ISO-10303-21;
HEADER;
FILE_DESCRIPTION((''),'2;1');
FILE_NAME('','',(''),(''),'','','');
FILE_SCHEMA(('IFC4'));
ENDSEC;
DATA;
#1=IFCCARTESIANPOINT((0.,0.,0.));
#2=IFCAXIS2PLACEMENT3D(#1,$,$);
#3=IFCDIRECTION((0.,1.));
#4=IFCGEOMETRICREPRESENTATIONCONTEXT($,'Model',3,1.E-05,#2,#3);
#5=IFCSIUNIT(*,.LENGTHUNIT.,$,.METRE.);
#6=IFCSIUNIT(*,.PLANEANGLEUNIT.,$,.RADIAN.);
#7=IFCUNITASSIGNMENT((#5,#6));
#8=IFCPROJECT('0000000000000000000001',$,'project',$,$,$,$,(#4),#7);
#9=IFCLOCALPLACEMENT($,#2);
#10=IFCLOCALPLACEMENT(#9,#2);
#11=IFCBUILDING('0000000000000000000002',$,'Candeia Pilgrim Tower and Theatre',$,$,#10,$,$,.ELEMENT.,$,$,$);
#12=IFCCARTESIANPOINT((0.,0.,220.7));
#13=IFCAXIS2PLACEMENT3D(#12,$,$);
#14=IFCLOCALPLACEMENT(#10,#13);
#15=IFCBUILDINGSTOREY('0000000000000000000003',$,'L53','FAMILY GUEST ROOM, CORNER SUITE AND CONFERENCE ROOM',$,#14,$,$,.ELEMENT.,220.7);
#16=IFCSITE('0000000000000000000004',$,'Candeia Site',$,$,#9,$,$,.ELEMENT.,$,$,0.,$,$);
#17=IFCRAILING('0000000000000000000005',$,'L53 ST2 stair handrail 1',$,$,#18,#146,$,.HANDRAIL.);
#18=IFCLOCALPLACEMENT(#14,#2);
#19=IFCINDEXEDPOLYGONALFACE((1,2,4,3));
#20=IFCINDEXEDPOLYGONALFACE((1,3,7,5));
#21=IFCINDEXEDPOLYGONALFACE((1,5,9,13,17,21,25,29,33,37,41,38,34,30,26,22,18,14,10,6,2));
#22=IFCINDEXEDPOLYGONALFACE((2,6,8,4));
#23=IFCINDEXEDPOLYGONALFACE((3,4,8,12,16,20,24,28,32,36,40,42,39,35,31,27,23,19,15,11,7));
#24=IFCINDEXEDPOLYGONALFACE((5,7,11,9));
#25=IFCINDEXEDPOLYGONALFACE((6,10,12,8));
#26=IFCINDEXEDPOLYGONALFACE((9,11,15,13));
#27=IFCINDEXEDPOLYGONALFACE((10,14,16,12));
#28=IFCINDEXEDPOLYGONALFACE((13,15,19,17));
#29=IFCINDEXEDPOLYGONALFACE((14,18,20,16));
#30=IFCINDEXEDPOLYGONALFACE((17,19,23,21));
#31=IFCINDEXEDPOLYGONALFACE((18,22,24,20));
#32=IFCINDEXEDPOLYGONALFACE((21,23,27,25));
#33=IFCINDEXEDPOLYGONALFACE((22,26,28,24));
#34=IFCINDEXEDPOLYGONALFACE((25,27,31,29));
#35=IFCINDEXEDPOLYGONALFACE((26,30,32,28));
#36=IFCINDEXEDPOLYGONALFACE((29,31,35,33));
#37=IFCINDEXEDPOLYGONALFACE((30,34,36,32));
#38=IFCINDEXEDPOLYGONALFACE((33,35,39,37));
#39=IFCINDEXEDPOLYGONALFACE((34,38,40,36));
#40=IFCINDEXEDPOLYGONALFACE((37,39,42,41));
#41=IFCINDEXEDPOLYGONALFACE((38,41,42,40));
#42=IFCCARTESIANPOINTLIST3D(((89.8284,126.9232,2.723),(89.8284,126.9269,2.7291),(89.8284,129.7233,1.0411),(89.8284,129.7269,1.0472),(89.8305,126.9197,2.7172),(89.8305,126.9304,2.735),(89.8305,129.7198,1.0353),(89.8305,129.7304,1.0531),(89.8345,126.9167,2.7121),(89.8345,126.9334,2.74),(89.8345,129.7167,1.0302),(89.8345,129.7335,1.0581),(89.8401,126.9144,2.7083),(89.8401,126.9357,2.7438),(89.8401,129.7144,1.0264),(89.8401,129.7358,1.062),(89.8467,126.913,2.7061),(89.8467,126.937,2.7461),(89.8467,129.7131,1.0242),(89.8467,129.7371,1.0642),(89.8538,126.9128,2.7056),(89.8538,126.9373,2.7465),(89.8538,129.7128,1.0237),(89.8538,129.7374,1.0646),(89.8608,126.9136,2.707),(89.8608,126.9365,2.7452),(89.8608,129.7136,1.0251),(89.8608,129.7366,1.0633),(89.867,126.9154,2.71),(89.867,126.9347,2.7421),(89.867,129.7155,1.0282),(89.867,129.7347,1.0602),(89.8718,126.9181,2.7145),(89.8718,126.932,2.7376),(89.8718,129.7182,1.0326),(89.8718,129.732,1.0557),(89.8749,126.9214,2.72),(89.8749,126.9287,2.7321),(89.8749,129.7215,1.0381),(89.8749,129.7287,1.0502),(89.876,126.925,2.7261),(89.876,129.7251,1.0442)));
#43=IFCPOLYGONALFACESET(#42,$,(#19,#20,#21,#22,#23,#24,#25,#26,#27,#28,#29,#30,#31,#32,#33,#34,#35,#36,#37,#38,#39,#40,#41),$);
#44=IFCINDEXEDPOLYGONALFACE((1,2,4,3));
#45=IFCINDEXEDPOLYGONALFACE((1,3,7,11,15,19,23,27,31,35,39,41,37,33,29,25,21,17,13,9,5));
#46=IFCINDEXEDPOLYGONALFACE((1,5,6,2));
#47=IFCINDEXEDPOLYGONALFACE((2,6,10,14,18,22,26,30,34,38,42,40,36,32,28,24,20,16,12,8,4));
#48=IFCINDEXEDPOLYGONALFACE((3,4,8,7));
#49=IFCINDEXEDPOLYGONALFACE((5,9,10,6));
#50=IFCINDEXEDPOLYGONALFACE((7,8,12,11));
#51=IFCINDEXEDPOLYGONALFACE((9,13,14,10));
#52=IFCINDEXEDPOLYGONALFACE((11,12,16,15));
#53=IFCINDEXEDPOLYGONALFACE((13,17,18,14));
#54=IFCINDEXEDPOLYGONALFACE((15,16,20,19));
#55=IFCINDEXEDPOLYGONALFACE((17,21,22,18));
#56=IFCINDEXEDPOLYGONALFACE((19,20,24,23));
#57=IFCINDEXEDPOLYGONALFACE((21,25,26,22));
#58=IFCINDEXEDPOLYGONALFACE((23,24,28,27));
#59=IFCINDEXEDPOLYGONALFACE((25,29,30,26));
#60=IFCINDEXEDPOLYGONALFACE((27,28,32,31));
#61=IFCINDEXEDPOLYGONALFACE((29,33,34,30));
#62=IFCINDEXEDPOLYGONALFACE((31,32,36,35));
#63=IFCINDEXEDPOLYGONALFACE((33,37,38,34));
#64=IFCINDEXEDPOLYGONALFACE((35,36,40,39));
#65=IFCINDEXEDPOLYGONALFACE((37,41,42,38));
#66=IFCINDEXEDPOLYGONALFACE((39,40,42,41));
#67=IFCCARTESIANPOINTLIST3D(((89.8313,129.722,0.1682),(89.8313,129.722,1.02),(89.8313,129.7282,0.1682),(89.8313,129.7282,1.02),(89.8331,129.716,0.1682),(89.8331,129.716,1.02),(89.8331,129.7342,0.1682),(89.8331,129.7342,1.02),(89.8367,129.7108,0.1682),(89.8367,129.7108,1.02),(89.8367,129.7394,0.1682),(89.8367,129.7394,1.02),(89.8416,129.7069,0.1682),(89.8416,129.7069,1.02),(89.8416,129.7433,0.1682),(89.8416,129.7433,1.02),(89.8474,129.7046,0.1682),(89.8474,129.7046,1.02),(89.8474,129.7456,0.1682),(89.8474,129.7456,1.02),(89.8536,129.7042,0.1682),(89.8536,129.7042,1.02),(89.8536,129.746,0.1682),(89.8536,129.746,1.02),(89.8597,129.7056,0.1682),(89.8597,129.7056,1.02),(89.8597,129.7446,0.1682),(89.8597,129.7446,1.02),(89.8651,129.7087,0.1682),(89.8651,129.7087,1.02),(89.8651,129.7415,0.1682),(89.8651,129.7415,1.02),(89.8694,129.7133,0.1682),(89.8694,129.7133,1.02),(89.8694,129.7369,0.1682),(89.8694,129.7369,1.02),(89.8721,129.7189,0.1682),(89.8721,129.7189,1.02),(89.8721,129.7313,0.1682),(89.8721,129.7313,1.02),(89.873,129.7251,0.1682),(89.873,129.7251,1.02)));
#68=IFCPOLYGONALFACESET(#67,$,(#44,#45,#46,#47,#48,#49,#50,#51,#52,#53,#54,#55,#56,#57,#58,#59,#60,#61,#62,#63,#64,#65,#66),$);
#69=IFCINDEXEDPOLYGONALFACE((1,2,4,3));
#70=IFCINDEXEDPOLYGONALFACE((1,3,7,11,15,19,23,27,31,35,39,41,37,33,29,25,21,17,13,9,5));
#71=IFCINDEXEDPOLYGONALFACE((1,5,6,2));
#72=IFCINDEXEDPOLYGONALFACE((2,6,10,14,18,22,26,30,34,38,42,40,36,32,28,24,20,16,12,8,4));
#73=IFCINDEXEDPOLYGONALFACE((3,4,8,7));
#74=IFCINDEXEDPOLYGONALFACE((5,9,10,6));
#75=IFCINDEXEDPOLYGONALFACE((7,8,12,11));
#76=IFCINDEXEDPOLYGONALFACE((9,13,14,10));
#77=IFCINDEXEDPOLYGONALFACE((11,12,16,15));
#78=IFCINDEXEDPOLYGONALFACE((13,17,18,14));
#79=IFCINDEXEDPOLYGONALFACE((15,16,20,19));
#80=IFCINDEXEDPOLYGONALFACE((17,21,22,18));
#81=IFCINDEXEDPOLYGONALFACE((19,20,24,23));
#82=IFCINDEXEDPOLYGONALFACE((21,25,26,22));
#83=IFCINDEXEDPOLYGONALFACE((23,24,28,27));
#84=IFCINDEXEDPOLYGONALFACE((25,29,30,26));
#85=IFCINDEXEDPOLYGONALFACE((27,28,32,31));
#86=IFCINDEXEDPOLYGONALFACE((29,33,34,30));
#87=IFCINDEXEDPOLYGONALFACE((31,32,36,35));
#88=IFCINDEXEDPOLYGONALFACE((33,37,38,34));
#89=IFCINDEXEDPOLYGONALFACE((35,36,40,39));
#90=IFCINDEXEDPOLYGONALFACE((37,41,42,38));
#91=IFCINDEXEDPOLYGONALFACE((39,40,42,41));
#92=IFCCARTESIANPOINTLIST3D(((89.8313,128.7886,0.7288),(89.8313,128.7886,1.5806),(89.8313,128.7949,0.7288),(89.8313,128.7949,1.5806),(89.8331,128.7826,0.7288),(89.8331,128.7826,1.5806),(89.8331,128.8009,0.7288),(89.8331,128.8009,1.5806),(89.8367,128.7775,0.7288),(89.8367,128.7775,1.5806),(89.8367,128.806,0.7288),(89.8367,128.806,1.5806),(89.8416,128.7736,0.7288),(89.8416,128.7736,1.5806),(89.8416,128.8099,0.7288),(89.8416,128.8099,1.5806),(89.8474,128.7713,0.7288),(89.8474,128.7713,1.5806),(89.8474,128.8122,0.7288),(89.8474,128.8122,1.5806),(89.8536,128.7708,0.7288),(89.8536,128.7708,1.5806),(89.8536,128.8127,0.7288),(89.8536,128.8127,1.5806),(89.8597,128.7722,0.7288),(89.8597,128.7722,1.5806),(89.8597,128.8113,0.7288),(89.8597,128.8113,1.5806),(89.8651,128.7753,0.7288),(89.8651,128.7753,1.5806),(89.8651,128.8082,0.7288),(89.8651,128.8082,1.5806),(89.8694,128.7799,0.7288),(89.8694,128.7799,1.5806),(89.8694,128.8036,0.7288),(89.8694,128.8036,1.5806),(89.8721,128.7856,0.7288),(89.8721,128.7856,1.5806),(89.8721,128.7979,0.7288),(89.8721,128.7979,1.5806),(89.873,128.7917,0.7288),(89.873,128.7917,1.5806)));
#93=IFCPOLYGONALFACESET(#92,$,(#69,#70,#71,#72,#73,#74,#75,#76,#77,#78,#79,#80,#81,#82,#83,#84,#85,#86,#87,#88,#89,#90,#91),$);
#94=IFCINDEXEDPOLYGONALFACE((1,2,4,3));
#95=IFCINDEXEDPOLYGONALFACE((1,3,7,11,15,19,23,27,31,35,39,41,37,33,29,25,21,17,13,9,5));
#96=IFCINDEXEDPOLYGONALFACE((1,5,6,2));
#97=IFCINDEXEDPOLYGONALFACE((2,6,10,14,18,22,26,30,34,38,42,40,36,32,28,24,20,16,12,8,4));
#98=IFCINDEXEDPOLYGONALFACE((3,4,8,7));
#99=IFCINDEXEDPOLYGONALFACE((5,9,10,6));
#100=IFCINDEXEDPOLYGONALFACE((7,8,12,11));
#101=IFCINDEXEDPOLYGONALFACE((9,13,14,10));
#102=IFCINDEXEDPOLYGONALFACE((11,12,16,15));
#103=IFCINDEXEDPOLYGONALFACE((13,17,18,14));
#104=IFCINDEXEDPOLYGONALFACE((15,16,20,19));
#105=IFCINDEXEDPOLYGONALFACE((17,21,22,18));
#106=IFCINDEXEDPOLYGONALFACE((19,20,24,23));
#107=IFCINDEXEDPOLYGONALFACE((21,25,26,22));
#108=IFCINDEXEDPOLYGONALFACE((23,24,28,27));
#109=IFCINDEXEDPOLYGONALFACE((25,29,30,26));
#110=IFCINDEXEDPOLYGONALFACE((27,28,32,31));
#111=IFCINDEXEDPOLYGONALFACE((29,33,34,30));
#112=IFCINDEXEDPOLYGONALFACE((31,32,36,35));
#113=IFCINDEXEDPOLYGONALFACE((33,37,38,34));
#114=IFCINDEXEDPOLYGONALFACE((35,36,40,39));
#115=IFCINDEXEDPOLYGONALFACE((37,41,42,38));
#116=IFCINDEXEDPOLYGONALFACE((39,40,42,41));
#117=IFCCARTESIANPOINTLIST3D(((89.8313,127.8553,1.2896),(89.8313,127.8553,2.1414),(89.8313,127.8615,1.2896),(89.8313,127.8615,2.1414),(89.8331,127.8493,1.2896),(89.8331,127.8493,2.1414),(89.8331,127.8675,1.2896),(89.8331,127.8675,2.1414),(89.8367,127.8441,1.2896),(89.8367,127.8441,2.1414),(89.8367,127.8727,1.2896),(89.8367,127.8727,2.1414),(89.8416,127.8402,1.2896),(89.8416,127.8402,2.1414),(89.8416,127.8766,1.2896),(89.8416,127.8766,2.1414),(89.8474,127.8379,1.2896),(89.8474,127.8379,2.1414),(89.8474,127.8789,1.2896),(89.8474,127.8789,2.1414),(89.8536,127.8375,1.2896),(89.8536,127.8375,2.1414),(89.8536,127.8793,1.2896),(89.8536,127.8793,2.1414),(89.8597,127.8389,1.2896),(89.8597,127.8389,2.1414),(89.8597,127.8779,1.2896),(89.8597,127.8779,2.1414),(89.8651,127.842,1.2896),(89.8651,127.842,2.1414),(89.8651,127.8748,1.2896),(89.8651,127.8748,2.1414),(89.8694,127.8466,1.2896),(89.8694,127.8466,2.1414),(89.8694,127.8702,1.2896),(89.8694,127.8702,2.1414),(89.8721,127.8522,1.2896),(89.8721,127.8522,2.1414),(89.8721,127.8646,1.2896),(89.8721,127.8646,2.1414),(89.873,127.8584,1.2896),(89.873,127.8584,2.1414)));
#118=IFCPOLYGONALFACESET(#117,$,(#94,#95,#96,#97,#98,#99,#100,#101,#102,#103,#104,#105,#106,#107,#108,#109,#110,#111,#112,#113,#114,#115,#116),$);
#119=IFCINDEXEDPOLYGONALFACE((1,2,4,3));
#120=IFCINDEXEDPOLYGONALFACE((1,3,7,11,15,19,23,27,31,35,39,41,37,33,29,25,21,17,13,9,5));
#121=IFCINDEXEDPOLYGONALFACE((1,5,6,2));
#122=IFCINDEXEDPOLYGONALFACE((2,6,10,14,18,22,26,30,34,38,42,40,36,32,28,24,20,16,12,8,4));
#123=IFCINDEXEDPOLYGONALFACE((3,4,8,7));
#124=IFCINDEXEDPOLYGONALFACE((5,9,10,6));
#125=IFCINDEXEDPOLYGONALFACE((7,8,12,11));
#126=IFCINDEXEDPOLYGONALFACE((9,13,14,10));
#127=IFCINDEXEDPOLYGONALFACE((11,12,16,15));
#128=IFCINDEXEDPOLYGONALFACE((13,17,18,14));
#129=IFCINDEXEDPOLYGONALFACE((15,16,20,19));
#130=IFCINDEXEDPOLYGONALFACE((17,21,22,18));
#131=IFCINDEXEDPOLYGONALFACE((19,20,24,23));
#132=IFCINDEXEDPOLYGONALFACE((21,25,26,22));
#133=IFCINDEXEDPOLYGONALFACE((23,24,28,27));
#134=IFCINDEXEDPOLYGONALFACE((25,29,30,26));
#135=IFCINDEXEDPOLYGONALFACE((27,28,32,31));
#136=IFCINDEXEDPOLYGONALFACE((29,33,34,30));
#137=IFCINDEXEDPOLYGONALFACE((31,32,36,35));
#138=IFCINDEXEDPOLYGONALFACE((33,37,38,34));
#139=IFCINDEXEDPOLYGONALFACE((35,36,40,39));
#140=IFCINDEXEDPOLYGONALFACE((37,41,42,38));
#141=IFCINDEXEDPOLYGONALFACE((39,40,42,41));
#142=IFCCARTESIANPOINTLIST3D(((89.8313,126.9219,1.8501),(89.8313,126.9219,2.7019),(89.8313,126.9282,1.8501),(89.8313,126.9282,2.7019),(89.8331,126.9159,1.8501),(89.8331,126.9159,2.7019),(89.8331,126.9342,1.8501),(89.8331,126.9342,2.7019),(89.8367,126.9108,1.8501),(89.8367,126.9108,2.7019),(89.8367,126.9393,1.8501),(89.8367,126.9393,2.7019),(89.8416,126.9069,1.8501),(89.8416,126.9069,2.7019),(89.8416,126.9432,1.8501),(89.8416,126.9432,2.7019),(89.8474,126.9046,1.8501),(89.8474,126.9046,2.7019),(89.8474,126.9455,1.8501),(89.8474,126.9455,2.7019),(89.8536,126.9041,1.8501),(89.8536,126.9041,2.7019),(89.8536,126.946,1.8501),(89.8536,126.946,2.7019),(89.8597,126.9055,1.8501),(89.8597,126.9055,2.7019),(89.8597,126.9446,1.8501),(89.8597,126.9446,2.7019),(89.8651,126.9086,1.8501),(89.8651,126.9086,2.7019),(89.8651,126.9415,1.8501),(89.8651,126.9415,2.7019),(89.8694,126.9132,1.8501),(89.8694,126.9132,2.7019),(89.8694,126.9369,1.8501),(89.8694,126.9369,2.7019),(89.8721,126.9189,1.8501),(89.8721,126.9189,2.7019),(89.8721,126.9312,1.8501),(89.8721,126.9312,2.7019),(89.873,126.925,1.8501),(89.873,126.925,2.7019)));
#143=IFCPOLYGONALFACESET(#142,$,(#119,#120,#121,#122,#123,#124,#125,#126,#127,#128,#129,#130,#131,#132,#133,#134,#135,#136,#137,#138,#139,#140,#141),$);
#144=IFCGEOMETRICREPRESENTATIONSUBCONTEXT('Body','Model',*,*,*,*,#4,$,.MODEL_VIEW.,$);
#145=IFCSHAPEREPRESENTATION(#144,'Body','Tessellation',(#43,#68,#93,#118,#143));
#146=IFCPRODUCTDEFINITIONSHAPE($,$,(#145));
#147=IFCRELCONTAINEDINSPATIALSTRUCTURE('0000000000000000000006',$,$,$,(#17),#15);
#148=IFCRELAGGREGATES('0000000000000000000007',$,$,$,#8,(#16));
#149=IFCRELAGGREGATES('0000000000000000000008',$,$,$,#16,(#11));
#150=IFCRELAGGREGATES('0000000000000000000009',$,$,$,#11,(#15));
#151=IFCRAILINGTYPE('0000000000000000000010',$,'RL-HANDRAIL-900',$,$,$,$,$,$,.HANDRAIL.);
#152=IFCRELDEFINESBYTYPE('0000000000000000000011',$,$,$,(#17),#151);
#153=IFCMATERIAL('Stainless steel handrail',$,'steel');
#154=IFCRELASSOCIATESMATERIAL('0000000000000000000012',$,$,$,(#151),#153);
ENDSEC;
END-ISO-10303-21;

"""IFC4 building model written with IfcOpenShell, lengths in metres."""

from ifc_helpers import new_model, si_unit, direction, frame, origin, origin_2d, place, context, subcontext, project, spatial, circle, extrude, material, type_object, element, save


model = new_model("IFC4")

# Units and contexts
model_context = context("Model", 3, precision=1e-05, world=origin(), true_north=direction((0.0, 1.0)))
body_context = subcontext(model_context, "Body", "Model", "MODEL_VIEW")
ifc_project = project(units=[si_unit("LENGTHUNIT", "METRE"), si_unit("PLANEANGLEUNIT", "RADIAN")], contexts=[model_context])

# Site, building, storey
site_placement = place(None, origin())
site = spatial("IfcSite", under=ifc_project, at=site_placement, Name="Candeia Site", CompositionType="ELEMENT", RefElevation=0.0)
building_placement = place(site_placement, origin())
building = spatial("IfcBuilding", under=site, at=building_placement, Name="Candeia Pilgrim Tower and Theatre", CompositionType="ELEMENT")
storey_placement = place(building_placement, frame((0.0, 0.0, 220.7)))
storey = spatial("IfcBuildingStorey", under=building, at=storey_placement, Name="L53", Description="FAMILY GUEST ROOM, CORNER SUITE AND CONFERENCE ROOM", CompositionType="ELEMENT", Elevation=220.7)

# Railing
ifc_material_1 = material(Name="Stainless steel handrail", Category="steel")
railing_type_1 = type_object("IfcRailingType", Name="RL-HANDRAIL-900", PredefinedType="HANDRAIL", material=ifc_material_1)
for number, where, name in (
    (1, (89.8521, 129.7251, 0.1682), "L53 ST2 stair handrail 1"),
):
    element("IfcRailing", number, at=place(storey_placement, frame(where)), inside=storey, type_object=railing_type_1, Name=name, PredefinedType="HANDRAIL", context=body_context, shape_type="SweptSolid", body=[
        extrude(circle(Radius=0.0239, at=origin_2d()), frame((0.0, 0.0, 0.876), z_axis=(0.0, -0.857242, 0.514913), x_axis=(1.0, 0.0, 0.0)), (0.0, 0.0, 1.0), 3.2664),
        extrude(circle(Radius=0.021, at=origin_2d()), origin(), (0.0, 0.0, 1.0), 0.8518),
        extrude(circle(Radius=0.021, at=origin_2d()), frame((0.0, -0.9333, 0.5605)), (0.0, 0.0, 1.0), 0.8518),
        extrude(circle(Radius=0.021, at=origin_2d()), frame((0.0, -1.8667, 1.1213)), (0.0, 0.0, 1.0), 0.8518),
        extrude(circle(Radius=0.021, at=origin_2d()), frame((0.0, -2.8, 1.6819)), (0.0, 0.0, 1.0), 0.8518),
    ])

save(model, "model.ifc")
